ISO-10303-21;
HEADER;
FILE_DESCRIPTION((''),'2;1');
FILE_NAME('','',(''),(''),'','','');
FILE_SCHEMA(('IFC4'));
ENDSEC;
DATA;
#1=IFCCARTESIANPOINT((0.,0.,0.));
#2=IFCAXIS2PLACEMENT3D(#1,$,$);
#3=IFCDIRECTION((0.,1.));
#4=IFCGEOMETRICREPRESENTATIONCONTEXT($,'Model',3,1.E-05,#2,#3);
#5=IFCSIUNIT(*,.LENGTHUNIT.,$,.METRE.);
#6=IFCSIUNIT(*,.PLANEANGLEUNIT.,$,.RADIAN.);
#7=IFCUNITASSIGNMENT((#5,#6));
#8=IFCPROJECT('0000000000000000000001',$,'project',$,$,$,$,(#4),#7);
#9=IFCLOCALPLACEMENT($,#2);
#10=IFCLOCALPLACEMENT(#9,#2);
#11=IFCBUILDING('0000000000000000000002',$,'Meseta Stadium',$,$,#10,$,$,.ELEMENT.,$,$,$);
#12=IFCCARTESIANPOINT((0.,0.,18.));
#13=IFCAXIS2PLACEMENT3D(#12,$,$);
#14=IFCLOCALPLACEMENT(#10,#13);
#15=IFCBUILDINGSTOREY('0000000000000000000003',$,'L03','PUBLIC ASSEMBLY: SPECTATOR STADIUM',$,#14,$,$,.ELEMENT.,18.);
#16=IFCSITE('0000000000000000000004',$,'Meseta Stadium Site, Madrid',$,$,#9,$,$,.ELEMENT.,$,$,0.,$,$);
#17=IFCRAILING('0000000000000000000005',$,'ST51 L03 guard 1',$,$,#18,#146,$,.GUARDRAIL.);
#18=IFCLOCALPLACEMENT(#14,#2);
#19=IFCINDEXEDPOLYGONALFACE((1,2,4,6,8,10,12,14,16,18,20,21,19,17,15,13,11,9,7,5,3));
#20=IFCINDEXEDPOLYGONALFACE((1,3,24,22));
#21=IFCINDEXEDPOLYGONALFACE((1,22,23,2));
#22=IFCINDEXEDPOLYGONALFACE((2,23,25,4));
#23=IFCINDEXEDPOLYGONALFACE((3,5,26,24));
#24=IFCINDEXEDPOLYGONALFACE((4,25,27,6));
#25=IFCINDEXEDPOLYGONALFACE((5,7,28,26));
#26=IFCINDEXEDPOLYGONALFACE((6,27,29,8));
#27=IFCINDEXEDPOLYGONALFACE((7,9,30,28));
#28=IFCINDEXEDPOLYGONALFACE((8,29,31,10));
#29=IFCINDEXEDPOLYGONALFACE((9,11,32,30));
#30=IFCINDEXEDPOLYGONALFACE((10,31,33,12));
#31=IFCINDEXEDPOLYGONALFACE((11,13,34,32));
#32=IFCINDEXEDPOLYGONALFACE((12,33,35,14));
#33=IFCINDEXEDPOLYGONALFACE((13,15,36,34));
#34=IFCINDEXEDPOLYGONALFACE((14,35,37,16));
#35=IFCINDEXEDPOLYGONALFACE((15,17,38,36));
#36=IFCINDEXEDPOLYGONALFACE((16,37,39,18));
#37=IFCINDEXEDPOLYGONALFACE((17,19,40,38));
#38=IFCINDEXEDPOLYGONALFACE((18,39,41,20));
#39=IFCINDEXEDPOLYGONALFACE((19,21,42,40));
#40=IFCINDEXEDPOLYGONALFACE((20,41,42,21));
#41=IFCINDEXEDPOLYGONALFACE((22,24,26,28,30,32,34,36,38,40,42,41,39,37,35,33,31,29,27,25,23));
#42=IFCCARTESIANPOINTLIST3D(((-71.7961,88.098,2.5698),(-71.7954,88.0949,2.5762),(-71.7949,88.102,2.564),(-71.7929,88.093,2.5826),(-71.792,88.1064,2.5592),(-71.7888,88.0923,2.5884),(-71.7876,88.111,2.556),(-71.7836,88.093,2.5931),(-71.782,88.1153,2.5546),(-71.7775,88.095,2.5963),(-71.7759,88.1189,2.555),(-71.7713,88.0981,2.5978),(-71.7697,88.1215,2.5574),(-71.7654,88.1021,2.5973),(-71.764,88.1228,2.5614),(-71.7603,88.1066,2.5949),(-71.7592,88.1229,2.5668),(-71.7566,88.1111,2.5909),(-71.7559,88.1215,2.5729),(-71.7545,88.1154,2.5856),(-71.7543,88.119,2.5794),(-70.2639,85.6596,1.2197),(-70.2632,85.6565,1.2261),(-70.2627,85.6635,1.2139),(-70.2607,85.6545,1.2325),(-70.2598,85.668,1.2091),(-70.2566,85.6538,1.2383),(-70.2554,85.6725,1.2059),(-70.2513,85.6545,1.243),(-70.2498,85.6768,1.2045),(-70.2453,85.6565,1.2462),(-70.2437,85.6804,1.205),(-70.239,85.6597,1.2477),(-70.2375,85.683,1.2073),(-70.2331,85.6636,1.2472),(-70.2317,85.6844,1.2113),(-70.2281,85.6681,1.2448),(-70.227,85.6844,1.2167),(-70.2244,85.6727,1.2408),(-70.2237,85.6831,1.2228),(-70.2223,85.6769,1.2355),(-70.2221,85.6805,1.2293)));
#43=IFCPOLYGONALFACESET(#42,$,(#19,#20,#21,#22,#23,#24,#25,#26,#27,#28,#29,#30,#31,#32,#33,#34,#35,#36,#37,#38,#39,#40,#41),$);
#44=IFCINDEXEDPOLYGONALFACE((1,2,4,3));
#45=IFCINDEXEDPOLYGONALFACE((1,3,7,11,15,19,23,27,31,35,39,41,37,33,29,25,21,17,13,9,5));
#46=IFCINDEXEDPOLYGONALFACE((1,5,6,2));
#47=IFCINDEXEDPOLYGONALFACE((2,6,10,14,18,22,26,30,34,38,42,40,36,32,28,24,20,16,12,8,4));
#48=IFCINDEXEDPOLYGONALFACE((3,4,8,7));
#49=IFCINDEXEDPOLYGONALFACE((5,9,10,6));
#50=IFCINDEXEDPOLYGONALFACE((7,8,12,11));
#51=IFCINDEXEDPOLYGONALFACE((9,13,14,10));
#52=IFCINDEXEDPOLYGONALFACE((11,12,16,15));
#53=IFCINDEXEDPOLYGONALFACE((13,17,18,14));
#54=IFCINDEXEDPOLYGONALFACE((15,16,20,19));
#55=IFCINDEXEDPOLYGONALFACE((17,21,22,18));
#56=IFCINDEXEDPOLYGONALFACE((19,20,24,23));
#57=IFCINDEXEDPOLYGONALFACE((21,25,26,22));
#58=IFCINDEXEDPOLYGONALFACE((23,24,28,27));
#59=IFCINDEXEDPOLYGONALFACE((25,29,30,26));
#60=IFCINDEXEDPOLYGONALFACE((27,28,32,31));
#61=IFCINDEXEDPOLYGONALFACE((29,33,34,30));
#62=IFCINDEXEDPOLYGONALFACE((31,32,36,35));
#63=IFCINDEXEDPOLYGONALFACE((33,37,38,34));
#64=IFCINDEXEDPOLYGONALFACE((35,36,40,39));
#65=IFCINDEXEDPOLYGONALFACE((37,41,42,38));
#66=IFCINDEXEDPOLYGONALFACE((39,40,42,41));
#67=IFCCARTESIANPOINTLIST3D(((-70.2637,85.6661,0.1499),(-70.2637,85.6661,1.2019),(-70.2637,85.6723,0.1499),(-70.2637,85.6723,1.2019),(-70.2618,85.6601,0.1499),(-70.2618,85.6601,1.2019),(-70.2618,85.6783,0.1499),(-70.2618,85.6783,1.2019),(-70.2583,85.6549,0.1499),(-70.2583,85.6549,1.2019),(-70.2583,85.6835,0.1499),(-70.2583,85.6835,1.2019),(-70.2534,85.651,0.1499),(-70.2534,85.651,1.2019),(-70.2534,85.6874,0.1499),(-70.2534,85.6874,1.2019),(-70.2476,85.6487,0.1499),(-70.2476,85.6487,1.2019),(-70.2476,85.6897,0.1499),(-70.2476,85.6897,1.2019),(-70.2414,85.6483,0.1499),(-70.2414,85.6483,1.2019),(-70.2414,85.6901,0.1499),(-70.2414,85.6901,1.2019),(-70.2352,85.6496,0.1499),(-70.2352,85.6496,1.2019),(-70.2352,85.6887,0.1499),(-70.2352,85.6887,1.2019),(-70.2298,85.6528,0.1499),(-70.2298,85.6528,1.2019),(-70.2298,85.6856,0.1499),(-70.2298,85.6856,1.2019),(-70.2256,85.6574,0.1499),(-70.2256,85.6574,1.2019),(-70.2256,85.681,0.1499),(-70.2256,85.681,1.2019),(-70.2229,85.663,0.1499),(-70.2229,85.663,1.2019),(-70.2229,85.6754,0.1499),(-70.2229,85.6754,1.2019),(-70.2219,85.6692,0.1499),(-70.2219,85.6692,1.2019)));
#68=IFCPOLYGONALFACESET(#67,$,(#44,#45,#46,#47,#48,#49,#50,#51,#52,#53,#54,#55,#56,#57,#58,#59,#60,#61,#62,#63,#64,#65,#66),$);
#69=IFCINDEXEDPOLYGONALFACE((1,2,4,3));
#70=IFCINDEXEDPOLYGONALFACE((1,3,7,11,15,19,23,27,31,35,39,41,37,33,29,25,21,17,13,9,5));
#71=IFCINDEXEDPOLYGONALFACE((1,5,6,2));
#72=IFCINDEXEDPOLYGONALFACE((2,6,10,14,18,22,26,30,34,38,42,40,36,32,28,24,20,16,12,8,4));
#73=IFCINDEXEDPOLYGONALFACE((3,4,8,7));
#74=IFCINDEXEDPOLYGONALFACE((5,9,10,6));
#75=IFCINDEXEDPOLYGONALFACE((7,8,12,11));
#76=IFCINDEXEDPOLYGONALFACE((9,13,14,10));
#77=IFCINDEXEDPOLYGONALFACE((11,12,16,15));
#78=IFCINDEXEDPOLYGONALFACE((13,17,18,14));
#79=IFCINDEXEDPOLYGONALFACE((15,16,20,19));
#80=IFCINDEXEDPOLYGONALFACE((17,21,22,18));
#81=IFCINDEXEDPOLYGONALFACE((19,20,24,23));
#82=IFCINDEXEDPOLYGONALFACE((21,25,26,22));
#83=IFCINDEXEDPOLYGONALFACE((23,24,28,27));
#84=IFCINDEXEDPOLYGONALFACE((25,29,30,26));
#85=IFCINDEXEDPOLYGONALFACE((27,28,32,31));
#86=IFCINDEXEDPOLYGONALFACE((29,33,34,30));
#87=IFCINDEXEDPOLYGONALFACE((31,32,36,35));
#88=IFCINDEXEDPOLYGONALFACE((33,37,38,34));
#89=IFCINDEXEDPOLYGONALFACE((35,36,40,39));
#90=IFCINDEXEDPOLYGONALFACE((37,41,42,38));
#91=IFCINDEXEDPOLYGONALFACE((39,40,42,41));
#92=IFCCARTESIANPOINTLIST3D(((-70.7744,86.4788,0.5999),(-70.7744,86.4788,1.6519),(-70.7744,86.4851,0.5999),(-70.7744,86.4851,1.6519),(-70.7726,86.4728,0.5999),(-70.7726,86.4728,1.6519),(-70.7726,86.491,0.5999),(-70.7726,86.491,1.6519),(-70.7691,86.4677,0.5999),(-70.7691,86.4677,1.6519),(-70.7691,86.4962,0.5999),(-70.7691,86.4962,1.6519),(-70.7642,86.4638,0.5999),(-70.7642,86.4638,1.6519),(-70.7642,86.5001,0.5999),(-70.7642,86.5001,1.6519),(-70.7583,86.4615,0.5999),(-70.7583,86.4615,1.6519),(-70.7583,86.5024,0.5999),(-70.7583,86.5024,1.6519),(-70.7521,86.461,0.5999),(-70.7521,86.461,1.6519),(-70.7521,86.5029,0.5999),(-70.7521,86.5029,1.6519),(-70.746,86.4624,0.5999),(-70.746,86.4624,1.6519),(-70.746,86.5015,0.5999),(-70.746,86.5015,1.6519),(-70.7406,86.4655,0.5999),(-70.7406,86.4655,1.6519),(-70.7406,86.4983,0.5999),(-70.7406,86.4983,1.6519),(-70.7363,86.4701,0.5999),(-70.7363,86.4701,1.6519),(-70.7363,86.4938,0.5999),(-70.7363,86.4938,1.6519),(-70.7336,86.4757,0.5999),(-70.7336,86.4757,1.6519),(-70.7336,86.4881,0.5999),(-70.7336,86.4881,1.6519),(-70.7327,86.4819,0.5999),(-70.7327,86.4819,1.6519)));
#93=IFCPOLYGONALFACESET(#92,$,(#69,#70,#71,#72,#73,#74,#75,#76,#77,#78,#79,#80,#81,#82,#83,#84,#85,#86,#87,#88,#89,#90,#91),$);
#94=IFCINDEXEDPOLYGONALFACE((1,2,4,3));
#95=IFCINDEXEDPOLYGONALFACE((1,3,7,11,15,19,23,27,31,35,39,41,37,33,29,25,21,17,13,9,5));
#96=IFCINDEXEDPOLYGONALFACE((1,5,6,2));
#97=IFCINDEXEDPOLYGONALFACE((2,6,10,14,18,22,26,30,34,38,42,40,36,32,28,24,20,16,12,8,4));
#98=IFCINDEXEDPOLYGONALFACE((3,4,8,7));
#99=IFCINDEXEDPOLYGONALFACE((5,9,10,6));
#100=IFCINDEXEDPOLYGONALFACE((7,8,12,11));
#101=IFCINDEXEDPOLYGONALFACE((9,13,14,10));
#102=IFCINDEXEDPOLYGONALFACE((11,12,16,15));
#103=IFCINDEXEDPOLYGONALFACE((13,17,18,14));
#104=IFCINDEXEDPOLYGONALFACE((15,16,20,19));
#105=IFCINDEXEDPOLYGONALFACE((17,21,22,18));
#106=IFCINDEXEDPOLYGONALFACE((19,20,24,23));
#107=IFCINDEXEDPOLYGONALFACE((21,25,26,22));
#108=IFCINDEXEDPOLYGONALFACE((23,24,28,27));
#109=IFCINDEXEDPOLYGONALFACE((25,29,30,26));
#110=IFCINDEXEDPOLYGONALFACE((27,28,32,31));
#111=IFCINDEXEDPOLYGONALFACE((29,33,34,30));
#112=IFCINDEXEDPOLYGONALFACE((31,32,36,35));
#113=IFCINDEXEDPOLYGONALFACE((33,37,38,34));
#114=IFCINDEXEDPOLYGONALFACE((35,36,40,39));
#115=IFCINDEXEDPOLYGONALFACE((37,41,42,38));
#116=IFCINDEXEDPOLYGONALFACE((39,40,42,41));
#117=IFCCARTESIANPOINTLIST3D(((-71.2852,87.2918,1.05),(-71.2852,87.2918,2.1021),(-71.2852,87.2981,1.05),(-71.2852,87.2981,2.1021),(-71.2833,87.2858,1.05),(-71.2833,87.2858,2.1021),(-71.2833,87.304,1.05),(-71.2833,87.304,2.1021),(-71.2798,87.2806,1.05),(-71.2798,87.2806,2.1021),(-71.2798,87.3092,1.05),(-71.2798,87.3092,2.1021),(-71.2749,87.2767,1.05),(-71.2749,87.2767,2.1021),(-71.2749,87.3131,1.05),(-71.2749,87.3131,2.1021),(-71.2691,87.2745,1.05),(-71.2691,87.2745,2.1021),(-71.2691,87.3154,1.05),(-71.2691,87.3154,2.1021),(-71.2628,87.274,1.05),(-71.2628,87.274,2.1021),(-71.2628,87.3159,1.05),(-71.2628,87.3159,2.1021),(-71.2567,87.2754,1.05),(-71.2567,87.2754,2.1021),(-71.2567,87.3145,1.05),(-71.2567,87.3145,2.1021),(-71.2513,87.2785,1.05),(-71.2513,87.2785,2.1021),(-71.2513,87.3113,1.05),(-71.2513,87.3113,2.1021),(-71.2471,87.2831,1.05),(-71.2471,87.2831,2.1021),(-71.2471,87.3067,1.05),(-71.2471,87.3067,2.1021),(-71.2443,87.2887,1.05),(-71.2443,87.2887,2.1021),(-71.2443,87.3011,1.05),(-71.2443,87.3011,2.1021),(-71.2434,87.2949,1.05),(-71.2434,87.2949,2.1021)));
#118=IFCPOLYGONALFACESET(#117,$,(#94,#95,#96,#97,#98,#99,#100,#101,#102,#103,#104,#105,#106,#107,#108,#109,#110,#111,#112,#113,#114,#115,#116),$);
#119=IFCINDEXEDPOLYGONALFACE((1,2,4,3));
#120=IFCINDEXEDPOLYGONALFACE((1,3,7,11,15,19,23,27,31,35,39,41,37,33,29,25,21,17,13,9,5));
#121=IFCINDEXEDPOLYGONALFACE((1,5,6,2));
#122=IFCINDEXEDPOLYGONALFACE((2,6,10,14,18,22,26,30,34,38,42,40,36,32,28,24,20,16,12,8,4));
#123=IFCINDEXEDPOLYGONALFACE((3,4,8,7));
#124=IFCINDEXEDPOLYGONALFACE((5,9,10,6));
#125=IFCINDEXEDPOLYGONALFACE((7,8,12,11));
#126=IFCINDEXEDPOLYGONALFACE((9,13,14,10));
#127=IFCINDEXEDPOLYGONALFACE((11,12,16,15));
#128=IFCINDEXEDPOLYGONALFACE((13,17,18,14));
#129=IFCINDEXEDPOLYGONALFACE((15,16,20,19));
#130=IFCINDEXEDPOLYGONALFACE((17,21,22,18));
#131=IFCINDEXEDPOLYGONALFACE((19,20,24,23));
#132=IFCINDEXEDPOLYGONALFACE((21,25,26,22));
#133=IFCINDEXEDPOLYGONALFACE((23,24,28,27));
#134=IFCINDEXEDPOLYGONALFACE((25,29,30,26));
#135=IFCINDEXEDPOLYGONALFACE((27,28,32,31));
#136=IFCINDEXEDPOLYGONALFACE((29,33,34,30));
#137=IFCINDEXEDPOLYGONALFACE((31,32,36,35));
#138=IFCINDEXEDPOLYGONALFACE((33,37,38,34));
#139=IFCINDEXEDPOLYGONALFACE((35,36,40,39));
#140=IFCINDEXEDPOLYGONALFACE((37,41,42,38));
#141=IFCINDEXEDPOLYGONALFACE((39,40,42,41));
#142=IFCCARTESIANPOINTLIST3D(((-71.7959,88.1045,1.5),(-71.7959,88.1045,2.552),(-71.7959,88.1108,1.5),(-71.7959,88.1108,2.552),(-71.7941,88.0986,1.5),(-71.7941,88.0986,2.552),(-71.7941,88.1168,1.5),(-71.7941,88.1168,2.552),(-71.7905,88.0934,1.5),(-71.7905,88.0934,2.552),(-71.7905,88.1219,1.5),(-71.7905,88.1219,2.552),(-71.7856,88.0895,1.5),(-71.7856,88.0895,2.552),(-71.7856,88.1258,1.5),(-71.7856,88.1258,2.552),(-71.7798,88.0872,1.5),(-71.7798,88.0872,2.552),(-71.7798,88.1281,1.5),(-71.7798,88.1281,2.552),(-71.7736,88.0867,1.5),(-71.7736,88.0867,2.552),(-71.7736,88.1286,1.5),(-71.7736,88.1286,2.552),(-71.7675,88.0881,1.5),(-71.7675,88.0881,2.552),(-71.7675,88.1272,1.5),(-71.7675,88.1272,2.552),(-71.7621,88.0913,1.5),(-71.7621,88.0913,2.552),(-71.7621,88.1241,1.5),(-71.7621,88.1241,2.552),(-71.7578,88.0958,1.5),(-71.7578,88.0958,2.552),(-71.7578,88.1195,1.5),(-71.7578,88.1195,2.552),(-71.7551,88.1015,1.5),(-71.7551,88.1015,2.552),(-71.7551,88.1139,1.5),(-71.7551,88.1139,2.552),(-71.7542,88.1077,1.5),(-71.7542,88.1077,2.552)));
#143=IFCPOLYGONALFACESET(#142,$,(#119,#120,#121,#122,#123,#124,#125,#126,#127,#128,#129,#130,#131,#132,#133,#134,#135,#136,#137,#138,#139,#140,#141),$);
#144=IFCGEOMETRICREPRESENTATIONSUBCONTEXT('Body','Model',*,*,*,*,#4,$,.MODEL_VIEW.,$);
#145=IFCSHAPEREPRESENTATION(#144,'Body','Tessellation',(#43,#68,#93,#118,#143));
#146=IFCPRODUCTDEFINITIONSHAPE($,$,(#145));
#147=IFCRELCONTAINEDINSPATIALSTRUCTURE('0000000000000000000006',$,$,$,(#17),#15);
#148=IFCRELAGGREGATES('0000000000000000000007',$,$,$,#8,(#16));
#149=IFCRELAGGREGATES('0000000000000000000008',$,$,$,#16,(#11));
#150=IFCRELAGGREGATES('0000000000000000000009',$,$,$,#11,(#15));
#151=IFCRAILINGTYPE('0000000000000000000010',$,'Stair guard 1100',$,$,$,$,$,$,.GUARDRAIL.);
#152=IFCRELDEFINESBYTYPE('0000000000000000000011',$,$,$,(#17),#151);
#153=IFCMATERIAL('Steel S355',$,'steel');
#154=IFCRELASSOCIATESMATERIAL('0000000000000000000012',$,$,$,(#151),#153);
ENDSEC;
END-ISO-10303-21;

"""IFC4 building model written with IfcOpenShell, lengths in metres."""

from ifc_helpers import new_model, si_unit, direction, frame, origin, origin_2d, place, context, subcontext, project, spatial, circle, extrude, material, type_object, element, save


model = new_model("IFC4")

# Units and contexts
model_context = context("Model", 3, precision=1e-05, world=origin(), true_north=direction((0.0, 1.0)))
body_context = subcontext(model_context, "Body", "Model", "MODEL_VIEW")
ifc_project = project(units=[si_unit("LENGTHUNIT", "METRE"), si_unit("PLANEANGLEUNIT", "RADIAN")], contexts=[model_context])

# Site, building, storey
site_placement = place(None, origin())
site = spatial("IfcSite", under=ifc_project, at=site_placement, Name="Meseta Stadium Site, Madrid", CompositionType="ELEMENT", RefElevation=0.0)
building_placement = place(site_placement, origin())
building = spatial("IfcBuilding", under=site, at=building_placement, Name="Meseta Stadium", CompositionType="ELEMENT")
storey_placement = place(building_placement, frame((0.0, 0.0, 18.0)))
storey = spatial("IfcBuildingStorey", under=building, at=storey_placement, Name="L03", Description="PUBLIC ASSEMBLY: SPECTATOR STADIUM", CompositionType="ELEMENT", Elevation=18.0)

# Railing
ifc_material_1 = material(Name="Steel S355", Category="steel")
railing_type_1 = type_object("IfcRailingType", Name="Stair guard 1100", PredefinedType="GUARDRAIL", material=ifc_material_1)
railing_1_placement = place(storey_placement, frame((-70.2429, 85.6692, 0.1499)))
element("IfcRailing", 1, at=railing_1_placement, inside=storey, type_object=railing_type_1, Name="ST51 L03 guard 1", PredefinedType="GUARDRAIL", context=body_context, shape_type="SweptSolid", body=[
    extrude(circle(Radius=0.0239, at=origin_2d()), frame((0.0, 0.0, 1.0762), z_axis=(-0.481731, 0.766655, 0.42447), x_axis=(-0.846719, -0.53204, 0.0)), (0.0, 0.0, 1.0), 3.1807),
    extrude(circle(Radius=0.021, at=origin_2d()), origin(), (0.0, 0.0, 1.0), 1.052),
    extrude(circle(Radius=0.021, at=origin_2d()), frame((-0.5107, 0.8127, 0.45)), (0.0, 0.0, 1.0), 1.052),
    extrude(circle(Radius=0.021, at=origin_2d()), frame((-1.0215, 1.6257, 0.9001)), (0.0, 0.0, 1.0), 1.052),
    extrude(circle(Radius=0.021, at=origin_2d()), frame((-1.5322, 2.4385, 1.3501)), (0.0, 0.0, 1.0), 1.052),
])

save(model, "model.ifc")
